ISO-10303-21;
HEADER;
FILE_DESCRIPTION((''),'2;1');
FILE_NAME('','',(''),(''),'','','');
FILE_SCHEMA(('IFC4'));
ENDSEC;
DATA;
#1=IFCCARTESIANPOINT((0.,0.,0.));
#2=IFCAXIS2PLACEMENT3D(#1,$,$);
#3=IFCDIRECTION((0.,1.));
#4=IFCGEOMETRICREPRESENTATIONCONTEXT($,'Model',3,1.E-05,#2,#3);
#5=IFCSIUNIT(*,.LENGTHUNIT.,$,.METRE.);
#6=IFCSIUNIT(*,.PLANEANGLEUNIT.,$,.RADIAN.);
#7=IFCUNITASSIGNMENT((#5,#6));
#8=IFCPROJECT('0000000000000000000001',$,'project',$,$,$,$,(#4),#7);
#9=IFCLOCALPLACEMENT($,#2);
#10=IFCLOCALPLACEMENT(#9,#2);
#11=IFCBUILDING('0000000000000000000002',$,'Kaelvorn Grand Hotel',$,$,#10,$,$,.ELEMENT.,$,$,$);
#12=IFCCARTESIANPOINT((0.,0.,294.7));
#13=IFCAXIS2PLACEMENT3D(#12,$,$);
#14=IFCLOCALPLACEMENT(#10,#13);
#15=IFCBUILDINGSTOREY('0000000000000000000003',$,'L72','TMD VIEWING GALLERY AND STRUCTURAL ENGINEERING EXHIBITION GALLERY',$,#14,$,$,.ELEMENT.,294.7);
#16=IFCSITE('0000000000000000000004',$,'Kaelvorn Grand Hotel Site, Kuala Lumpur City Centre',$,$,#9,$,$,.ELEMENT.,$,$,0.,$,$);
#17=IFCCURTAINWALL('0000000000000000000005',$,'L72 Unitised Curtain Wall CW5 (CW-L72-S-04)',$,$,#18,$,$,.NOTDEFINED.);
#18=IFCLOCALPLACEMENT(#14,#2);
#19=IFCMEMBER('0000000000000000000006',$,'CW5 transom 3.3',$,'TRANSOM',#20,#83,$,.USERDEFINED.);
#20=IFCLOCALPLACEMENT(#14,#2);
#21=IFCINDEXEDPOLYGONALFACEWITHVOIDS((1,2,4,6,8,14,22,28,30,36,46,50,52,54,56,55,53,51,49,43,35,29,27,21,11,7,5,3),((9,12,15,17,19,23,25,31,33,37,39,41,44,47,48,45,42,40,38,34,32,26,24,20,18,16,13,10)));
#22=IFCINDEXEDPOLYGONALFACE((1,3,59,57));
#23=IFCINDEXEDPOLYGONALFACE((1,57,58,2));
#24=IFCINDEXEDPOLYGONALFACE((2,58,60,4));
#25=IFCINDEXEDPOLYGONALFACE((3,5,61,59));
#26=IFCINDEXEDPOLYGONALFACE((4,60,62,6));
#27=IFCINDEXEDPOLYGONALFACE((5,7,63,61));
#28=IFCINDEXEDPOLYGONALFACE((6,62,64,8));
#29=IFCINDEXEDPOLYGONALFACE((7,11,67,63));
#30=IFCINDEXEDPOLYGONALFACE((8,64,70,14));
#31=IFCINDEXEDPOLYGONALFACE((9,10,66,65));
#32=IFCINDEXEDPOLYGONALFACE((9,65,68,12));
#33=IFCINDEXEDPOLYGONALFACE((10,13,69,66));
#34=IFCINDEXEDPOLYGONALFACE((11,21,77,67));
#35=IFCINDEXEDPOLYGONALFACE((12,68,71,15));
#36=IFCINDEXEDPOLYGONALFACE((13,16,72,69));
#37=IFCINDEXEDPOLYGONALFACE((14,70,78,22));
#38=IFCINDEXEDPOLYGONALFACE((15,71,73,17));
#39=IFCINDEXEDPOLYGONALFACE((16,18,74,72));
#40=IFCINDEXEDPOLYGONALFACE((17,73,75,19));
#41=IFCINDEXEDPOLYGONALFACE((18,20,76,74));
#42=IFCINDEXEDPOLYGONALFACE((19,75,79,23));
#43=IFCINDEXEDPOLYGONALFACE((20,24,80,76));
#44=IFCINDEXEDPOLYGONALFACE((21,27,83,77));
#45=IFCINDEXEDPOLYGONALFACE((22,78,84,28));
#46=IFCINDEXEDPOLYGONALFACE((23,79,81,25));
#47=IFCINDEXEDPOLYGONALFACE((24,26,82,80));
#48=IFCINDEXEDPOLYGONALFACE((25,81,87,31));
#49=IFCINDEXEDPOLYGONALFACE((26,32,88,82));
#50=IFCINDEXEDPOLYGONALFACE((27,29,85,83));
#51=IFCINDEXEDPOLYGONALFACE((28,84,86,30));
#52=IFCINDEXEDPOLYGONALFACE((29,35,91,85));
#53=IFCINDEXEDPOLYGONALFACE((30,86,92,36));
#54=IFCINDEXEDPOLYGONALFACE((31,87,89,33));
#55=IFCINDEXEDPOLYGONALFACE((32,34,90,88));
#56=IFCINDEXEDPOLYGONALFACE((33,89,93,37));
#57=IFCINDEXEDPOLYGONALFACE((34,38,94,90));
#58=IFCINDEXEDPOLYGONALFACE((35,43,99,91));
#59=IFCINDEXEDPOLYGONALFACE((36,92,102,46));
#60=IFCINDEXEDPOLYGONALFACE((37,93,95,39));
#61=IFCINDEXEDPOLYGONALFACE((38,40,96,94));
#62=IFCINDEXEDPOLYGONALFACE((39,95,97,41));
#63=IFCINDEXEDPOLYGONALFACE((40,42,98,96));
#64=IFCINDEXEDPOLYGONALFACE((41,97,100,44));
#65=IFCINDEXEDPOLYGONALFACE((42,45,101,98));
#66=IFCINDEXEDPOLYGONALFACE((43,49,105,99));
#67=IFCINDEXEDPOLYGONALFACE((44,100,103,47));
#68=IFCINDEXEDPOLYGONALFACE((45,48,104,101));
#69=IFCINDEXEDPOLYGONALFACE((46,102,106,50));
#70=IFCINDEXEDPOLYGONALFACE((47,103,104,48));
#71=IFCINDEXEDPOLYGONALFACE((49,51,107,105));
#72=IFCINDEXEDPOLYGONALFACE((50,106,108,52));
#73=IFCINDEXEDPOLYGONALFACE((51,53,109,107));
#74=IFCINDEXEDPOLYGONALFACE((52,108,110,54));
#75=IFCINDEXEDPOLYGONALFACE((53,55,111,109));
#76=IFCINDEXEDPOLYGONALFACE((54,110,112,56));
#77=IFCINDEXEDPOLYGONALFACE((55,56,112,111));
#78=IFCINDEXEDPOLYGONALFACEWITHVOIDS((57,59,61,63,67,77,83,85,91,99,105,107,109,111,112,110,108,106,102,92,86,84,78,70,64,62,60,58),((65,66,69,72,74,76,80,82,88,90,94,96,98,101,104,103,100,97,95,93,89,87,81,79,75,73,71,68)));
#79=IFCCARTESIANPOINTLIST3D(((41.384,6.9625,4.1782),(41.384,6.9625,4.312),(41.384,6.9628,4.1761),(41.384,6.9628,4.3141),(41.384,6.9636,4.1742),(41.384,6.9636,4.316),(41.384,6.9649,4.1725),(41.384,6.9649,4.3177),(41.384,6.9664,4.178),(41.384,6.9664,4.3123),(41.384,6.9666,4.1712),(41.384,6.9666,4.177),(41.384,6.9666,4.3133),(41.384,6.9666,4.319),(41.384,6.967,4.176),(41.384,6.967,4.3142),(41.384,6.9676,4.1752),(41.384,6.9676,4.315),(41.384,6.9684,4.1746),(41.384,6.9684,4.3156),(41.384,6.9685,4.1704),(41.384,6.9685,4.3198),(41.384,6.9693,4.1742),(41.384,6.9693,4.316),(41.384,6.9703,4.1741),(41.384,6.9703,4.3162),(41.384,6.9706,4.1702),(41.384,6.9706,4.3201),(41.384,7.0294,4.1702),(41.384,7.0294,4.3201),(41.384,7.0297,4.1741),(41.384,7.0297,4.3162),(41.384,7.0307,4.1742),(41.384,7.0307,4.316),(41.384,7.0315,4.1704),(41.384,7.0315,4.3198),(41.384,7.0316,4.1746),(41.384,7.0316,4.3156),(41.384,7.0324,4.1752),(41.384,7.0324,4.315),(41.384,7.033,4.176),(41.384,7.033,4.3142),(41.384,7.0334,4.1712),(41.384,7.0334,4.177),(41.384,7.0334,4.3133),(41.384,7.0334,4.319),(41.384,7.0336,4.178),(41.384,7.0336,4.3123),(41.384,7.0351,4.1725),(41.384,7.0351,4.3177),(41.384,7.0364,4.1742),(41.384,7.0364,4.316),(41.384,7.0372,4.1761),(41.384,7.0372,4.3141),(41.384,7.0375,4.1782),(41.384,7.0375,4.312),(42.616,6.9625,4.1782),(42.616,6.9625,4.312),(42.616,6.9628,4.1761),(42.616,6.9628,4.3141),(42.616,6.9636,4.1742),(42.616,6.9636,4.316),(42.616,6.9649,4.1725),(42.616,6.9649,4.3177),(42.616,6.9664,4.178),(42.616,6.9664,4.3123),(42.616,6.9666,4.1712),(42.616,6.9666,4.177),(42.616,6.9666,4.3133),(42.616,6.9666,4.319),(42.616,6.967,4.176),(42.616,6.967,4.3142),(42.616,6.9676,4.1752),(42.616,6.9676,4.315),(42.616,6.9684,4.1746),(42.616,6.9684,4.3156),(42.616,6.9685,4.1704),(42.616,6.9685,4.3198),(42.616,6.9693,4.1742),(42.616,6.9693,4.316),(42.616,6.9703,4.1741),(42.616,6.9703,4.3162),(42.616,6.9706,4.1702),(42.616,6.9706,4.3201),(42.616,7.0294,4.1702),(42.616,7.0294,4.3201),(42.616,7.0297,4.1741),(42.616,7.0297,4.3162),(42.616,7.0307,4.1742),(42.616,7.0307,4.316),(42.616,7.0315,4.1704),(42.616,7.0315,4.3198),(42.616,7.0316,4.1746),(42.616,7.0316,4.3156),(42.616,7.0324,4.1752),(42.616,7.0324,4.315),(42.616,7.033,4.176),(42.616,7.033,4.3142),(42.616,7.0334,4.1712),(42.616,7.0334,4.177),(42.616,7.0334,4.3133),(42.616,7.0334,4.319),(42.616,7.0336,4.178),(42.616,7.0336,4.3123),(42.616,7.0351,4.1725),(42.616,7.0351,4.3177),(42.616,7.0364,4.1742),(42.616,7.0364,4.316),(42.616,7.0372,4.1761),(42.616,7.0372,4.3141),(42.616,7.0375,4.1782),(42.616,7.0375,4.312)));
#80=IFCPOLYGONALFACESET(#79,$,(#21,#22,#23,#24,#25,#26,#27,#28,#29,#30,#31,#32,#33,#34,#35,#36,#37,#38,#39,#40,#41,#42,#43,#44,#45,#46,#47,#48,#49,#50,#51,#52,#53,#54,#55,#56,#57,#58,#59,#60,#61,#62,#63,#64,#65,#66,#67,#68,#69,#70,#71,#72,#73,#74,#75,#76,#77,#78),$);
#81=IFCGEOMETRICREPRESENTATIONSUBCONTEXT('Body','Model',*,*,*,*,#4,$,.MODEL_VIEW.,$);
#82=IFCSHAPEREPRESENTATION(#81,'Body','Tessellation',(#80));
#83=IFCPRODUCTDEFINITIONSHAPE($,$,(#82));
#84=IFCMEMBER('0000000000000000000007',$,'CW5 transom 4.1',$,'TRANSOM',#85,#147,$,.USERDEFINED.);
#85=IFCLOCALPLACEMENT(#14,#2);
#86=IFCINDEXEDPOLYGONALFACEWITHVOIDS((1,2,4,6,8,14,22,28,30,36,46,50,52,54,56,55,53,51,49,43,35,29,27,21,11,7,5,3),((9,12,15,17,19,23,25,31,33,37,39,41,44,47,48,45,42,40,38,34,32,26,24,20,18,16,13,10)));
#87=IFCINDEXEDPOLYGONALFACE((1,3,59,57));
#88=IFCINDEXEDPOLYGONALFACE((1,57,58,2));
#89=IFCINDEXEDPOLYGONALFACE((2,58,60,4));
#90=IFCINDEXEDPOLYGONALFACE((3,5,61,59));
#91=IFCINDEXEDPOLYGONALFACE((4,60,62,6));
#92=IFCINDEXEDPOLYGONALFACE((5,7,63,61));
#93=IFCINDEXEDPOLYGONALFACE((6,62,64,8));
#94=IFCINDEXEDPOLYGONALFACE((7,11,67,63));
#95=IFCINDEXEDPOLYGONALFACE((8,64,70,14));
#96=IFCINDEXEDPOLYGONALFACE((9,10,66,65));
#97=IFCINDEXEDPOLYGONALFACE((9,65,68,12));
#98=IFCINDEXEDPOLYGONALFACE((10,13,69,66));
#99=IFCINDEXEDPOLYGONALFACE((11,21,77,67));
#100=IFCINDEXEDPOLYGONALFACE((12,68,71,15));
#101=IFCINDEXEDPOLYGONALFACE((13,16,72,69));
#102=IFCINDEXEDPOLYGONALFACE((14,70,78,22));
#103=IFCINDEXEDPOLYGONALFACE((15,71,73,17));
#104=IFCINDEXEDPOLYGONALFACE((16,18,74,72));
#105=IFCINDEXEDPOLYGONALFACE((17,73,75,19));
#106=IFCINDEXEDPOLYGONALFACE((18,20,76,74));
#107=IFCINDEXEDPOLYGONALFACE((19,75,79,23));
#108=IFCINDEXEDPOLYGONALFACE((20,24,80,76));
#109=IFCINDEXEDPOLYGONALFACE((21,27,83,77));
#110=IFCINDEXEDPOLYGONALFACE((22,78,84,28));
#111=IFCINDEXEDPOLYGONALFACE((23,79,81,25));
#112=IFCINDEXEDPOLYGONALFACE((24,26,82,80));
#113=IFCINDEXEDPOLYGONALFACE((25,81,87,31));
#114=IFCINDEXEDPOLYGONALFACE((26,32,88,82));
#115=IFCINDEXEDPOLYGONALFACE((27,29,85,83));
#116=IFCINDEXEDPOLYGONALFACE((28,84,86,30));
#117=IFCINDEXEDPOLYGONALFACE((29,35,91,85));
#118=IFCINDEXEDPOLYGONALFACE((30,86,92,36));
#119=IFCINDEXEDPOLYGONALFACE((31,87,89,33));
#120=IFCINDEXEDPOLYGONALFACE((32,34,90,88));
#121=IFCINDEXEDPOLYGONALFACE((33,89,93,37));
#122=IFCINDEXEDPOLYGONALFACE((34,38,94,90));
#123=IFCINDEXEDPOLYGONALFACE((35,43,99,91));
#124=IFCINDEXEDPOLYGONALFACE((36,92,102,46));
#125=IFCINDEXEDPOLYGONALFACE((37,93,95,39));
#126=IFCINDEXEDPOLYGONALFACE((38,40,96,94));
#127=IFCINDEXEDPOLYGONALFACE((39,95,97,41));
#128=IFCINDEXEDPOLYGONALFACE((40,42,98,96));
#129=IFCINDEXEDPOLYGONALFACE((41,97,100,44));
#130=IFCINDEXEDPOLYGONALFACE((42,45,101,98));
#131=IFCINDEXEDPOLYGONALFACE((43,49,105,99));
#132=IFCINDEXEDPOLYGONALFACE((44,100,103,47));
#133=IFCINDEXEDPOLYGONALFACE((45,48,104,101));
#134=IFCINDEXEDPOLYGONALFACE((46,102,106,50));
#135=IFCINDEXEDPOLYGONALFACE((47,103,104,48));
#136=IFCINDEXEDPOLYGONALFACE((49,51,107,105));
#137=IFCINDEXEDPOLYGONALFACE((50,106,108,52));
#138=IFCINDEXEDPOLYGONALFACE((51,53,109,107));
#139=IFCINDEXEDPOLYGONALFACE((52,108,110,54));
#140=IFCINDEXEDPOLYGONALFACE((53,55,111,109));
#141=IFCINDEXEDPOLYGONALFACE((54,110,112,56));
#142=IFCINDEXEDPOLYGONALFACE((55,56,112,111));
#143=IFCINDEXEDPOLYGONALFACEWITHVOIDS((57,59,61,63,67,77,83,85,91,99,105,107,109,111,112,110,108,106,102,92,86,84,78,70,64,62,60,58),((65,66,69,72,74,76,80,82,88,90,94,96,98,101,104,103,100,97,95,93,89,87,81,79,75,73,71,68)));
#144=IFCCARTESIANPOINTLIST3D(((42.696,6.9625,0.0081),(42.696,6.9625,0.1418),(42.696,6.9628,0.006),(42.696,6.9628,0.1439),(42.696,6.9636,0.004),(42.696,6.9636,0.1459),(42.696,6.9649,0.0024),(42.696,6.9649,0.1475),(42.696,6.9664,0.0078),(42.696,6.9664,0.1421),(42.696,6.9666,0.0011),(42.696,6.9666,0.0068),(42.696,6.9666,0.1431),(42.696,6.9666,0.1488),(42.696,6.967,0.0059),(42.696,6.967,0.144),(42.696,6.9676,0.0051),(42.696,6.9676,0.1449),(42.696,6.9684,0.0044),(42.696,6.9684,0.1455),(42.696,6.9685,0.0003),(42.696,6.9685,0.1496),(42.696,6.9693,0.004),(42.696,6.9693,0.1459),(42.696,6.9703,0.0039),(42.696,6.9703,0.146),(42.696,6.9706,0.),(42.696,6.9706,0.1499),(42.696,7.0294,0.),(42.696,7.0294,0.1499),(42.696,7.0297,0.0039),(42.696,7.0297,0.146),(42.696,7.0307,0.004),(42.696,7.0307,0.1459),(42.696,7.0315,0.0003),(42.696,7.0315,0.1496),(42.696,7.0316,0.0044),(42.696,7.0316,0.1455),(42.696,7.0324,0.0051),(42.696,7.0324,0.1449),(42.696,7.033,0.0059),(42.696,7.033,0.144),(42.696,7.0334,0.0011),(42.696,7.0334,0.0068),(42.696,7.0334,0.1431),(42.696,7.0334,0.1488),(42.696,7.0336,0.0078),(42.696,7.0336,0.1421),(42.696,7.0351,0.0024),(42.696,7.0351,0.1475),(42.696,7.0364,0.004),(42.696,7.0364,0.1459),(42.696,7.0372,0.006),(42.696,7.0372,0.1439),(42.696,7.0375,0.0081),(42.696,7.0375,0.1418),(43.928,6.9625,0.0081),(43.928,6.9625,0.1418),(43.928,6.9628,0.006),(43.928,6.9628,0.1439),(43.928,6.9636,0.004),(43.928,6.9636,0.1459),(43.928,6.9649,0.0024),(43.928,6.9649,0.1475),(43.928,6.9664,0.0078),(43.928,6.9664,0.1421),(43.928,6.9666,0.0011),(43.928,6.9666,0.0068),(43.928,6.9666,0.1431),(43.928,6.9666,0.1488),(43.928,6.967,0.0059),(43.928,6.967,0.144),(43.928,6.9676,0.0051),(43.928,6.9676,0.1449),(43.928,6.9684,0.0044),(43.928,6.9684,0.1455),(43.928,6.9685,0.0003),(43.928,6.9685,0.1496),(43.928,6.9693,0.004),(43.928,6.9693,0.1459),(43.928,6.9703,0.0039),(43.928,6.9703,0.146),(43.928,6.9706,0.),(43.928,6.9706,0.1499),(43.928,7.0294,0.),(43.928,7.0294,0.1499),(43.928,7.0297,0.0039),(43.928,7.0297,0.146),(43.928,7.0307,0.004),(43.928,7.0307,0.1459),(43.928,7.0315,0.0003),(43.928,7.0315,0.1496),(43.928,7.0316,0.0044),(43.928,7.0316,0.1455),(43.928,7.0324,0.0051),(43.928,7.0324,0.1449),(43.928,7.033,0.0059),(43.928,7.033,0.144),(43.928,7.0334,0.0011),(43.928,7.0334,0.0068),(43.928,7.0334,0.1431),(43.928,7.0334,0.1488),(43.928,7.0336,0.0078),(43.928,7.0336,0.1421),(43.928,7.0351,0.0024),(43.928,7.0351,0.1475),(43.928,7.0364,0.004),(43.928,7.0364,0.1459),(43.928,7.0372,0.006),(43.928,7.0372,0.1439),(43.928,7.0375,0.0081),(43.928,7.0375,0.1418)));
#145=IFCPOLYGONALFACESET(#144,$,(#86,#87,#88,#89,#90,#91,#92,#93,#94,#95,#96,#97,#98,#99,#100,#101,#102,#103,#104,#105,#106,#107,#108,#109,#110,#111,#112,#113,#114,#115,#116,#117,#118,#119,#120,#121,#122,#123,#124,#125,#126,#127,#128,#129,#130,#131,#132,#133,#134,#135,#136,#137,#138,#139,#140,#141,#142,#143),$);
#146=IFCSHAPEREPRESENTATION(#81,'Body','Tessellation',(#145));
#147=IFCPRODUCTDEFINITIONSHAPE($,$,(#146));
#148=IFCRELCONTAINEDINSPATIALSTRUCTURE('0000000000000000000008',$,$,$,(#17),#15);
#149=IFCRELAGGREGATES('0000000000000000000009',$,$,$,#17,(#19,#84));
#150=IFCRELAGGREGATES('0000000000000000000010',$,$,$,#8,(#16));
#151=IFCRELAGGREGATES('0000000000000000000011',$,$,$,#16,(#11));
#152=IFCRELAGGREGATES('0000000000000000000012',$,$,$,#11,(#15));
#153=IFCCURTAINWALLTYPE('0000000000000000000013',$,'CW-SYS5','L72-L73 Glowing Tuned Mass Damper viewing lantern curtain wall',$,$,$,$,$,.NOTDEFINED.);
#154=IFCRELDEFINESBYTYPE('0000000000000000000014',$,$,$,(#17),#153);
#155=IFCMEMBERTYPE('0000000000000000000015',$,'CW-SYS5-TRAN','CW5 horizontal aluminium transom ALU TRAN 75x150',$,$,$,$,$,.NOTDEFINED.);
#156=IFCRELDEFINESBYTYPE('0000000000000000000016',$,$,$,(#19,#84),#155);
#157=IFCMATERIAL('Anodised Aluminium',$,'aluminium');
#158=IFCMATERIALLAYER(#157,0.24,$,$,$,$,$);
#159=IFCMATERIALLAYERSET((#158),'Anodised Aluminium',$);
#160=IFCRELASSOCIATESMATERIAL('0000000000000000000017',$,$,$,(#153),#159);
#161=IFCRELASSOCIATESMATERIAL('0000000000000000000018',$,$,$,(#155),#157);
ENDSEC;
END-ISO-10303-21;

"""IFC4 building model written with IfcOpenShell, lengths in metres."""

from ifc_helpers import new_model, si_unit, direction, frame, origin, origin_2d, place, context, subcontext, project, spatial, hollow_rectangle, extrude, material, layer, layer_set, material_profile, profile_set, type_object, element, aggregate, save


model = new_model("IFC4")

# Units and contexts
model_context = context("Model", 3, precision=1e-05, world=origin(), true_north=direction((0.0, 1.0)))
body_context = subcontext(model_context, "Body", "Model", "MODEL_VIEW")
ifc_project = project(units=[si_unit("LENGTHUNIT", "METRE"), si_unit("PLANEANGLEUNIT", "RADIAN")], contexts=[model_context])

# Site, building, storey
site_placement = place(None, origin())
site = spatial("IfcSite", under=ifc_project, at=site_placement, Name="Kaelvorn Grand Hotel Site, Kuala Lumpur City Centre", CompositionType="ELEMENT", RefElevation=0.0)
building_placement = place(site_placement, origin())
building = spatial("IfcBuilding", under=site, at=building_placement, Name="Kaelvorn Grand Hotel", CompositionType="ELEMENT")
storey_placement = place(building_placement, frame((0.0, 0.0, 294.7)))
storey = spatial("IfcBuildingStorey", under=building, at=storey_placement, Name="L72", Description="TMD VIEWING GALLERY AND STRUCTURAL ENGINEERING EXHIBITION GALLERY", CompositionType="ELEMENT", Elevation=294.7)

# Curtain wall
ifc_material_1 = material(Name="Anodised Aluminium", Category="aluminium")
ifc_layer_1 = layer(ifc_material_1, 0.24)
ifc_layer_set_1 = layer_set([ifc_layer_1], Name="Anodised Aluminium")
curtain_wall_type = type_object("IfcCurtainWallType", Name="CW-SYS5", Description="L72-L73 Glowing Tuned Mass Damper viewing lantern curtain wall", PredefinedType="NOTDEFINED", material=ifc_layer_set_1)
curtain_wall_1_placement = place(storey_placement, origin())
curtain_wall_1 = element("IfcCurtainWall", 1, at=curtain_wall_1_placement, inside=storey, type_object=curtain_wall_type, Name="L72 Unitised Curtain Wall CW5 (CW-L72-S-04)", PredefinedType="NOTDEFINED")

# Members
ifc_material_profile_1 = material_profile(ifc_material_1, hollow_rectangle(XDim=0.075, YDim=0.1499, WallThickness=0.0039, InnerFilletRadius=0.0039, OuterFilletRadius=0.0081, at=origin_2d()), Name="ALU TRAN 75x150")
ifc_profile_set_1 = profile_set([ifc_material_profile_1], Name="Anodised Aluminium")
member_type_1 = type_object("IfcMemberType", Name="CW-SYS5-TRAN", Description="CW5 horizontal aluminium transom ALU TRAN 75x150", PredefinedType="NOTDEFINED", material=ifc_profile_set_1)
member_1_placement = place(storey_placement, frame((41.384, 7.0, 4.2451), z_axis=(1.0, 0.0, 0.0), x_axis=(0.0, 1.0, 0.0)))
member_1 = element("IfcMember", 2, at=member_1_placement, type_object=member_type_1, Name="CW5 transom 3.3", ObjectType="TRANSOM", PredefinedType="USERDEFINED", context=body_context, shape_type="SweptSolid", body=[
    extrude(hollow_rectangle(XDim=0.075, YDim=0.1499, WallThickness=0.0039, InnerFilletRadius=0.0039, OuterFilletRadius=0.0081, at=origin_2d()), origin(), (0.0, 0.0, 1.0), 1.2319),
])
member_2_placement = place(storey_placement, frame((42.696, 7.0, 0.075), z_axis=(1.0, 0.0, 0.0), x_axis=(0.0, 1.0, 0.0)))
member_2 = element("IfcMember", 3, at=member_2_placement, type_object=member_type_1, Name="CW5 transom 4.1", ObjectType="TRANSOM", PredefinedType="USERDEFINED", context=body_context, shape_type="SweptSolid", body=[
    extrude(hollow_rectangle(XDim=0.075, YDim=0.1499, WallThickness=0.0039, InnerFilletRadius=0.0039, OuterFilletRadius=0.0081, at=origin_2d()), origin(), (0.0, 0.0, 1.0), 1.2319),
])

aggregate(curtain_wall_1, [member_1, member_2])

save(model, "model.ifc")
